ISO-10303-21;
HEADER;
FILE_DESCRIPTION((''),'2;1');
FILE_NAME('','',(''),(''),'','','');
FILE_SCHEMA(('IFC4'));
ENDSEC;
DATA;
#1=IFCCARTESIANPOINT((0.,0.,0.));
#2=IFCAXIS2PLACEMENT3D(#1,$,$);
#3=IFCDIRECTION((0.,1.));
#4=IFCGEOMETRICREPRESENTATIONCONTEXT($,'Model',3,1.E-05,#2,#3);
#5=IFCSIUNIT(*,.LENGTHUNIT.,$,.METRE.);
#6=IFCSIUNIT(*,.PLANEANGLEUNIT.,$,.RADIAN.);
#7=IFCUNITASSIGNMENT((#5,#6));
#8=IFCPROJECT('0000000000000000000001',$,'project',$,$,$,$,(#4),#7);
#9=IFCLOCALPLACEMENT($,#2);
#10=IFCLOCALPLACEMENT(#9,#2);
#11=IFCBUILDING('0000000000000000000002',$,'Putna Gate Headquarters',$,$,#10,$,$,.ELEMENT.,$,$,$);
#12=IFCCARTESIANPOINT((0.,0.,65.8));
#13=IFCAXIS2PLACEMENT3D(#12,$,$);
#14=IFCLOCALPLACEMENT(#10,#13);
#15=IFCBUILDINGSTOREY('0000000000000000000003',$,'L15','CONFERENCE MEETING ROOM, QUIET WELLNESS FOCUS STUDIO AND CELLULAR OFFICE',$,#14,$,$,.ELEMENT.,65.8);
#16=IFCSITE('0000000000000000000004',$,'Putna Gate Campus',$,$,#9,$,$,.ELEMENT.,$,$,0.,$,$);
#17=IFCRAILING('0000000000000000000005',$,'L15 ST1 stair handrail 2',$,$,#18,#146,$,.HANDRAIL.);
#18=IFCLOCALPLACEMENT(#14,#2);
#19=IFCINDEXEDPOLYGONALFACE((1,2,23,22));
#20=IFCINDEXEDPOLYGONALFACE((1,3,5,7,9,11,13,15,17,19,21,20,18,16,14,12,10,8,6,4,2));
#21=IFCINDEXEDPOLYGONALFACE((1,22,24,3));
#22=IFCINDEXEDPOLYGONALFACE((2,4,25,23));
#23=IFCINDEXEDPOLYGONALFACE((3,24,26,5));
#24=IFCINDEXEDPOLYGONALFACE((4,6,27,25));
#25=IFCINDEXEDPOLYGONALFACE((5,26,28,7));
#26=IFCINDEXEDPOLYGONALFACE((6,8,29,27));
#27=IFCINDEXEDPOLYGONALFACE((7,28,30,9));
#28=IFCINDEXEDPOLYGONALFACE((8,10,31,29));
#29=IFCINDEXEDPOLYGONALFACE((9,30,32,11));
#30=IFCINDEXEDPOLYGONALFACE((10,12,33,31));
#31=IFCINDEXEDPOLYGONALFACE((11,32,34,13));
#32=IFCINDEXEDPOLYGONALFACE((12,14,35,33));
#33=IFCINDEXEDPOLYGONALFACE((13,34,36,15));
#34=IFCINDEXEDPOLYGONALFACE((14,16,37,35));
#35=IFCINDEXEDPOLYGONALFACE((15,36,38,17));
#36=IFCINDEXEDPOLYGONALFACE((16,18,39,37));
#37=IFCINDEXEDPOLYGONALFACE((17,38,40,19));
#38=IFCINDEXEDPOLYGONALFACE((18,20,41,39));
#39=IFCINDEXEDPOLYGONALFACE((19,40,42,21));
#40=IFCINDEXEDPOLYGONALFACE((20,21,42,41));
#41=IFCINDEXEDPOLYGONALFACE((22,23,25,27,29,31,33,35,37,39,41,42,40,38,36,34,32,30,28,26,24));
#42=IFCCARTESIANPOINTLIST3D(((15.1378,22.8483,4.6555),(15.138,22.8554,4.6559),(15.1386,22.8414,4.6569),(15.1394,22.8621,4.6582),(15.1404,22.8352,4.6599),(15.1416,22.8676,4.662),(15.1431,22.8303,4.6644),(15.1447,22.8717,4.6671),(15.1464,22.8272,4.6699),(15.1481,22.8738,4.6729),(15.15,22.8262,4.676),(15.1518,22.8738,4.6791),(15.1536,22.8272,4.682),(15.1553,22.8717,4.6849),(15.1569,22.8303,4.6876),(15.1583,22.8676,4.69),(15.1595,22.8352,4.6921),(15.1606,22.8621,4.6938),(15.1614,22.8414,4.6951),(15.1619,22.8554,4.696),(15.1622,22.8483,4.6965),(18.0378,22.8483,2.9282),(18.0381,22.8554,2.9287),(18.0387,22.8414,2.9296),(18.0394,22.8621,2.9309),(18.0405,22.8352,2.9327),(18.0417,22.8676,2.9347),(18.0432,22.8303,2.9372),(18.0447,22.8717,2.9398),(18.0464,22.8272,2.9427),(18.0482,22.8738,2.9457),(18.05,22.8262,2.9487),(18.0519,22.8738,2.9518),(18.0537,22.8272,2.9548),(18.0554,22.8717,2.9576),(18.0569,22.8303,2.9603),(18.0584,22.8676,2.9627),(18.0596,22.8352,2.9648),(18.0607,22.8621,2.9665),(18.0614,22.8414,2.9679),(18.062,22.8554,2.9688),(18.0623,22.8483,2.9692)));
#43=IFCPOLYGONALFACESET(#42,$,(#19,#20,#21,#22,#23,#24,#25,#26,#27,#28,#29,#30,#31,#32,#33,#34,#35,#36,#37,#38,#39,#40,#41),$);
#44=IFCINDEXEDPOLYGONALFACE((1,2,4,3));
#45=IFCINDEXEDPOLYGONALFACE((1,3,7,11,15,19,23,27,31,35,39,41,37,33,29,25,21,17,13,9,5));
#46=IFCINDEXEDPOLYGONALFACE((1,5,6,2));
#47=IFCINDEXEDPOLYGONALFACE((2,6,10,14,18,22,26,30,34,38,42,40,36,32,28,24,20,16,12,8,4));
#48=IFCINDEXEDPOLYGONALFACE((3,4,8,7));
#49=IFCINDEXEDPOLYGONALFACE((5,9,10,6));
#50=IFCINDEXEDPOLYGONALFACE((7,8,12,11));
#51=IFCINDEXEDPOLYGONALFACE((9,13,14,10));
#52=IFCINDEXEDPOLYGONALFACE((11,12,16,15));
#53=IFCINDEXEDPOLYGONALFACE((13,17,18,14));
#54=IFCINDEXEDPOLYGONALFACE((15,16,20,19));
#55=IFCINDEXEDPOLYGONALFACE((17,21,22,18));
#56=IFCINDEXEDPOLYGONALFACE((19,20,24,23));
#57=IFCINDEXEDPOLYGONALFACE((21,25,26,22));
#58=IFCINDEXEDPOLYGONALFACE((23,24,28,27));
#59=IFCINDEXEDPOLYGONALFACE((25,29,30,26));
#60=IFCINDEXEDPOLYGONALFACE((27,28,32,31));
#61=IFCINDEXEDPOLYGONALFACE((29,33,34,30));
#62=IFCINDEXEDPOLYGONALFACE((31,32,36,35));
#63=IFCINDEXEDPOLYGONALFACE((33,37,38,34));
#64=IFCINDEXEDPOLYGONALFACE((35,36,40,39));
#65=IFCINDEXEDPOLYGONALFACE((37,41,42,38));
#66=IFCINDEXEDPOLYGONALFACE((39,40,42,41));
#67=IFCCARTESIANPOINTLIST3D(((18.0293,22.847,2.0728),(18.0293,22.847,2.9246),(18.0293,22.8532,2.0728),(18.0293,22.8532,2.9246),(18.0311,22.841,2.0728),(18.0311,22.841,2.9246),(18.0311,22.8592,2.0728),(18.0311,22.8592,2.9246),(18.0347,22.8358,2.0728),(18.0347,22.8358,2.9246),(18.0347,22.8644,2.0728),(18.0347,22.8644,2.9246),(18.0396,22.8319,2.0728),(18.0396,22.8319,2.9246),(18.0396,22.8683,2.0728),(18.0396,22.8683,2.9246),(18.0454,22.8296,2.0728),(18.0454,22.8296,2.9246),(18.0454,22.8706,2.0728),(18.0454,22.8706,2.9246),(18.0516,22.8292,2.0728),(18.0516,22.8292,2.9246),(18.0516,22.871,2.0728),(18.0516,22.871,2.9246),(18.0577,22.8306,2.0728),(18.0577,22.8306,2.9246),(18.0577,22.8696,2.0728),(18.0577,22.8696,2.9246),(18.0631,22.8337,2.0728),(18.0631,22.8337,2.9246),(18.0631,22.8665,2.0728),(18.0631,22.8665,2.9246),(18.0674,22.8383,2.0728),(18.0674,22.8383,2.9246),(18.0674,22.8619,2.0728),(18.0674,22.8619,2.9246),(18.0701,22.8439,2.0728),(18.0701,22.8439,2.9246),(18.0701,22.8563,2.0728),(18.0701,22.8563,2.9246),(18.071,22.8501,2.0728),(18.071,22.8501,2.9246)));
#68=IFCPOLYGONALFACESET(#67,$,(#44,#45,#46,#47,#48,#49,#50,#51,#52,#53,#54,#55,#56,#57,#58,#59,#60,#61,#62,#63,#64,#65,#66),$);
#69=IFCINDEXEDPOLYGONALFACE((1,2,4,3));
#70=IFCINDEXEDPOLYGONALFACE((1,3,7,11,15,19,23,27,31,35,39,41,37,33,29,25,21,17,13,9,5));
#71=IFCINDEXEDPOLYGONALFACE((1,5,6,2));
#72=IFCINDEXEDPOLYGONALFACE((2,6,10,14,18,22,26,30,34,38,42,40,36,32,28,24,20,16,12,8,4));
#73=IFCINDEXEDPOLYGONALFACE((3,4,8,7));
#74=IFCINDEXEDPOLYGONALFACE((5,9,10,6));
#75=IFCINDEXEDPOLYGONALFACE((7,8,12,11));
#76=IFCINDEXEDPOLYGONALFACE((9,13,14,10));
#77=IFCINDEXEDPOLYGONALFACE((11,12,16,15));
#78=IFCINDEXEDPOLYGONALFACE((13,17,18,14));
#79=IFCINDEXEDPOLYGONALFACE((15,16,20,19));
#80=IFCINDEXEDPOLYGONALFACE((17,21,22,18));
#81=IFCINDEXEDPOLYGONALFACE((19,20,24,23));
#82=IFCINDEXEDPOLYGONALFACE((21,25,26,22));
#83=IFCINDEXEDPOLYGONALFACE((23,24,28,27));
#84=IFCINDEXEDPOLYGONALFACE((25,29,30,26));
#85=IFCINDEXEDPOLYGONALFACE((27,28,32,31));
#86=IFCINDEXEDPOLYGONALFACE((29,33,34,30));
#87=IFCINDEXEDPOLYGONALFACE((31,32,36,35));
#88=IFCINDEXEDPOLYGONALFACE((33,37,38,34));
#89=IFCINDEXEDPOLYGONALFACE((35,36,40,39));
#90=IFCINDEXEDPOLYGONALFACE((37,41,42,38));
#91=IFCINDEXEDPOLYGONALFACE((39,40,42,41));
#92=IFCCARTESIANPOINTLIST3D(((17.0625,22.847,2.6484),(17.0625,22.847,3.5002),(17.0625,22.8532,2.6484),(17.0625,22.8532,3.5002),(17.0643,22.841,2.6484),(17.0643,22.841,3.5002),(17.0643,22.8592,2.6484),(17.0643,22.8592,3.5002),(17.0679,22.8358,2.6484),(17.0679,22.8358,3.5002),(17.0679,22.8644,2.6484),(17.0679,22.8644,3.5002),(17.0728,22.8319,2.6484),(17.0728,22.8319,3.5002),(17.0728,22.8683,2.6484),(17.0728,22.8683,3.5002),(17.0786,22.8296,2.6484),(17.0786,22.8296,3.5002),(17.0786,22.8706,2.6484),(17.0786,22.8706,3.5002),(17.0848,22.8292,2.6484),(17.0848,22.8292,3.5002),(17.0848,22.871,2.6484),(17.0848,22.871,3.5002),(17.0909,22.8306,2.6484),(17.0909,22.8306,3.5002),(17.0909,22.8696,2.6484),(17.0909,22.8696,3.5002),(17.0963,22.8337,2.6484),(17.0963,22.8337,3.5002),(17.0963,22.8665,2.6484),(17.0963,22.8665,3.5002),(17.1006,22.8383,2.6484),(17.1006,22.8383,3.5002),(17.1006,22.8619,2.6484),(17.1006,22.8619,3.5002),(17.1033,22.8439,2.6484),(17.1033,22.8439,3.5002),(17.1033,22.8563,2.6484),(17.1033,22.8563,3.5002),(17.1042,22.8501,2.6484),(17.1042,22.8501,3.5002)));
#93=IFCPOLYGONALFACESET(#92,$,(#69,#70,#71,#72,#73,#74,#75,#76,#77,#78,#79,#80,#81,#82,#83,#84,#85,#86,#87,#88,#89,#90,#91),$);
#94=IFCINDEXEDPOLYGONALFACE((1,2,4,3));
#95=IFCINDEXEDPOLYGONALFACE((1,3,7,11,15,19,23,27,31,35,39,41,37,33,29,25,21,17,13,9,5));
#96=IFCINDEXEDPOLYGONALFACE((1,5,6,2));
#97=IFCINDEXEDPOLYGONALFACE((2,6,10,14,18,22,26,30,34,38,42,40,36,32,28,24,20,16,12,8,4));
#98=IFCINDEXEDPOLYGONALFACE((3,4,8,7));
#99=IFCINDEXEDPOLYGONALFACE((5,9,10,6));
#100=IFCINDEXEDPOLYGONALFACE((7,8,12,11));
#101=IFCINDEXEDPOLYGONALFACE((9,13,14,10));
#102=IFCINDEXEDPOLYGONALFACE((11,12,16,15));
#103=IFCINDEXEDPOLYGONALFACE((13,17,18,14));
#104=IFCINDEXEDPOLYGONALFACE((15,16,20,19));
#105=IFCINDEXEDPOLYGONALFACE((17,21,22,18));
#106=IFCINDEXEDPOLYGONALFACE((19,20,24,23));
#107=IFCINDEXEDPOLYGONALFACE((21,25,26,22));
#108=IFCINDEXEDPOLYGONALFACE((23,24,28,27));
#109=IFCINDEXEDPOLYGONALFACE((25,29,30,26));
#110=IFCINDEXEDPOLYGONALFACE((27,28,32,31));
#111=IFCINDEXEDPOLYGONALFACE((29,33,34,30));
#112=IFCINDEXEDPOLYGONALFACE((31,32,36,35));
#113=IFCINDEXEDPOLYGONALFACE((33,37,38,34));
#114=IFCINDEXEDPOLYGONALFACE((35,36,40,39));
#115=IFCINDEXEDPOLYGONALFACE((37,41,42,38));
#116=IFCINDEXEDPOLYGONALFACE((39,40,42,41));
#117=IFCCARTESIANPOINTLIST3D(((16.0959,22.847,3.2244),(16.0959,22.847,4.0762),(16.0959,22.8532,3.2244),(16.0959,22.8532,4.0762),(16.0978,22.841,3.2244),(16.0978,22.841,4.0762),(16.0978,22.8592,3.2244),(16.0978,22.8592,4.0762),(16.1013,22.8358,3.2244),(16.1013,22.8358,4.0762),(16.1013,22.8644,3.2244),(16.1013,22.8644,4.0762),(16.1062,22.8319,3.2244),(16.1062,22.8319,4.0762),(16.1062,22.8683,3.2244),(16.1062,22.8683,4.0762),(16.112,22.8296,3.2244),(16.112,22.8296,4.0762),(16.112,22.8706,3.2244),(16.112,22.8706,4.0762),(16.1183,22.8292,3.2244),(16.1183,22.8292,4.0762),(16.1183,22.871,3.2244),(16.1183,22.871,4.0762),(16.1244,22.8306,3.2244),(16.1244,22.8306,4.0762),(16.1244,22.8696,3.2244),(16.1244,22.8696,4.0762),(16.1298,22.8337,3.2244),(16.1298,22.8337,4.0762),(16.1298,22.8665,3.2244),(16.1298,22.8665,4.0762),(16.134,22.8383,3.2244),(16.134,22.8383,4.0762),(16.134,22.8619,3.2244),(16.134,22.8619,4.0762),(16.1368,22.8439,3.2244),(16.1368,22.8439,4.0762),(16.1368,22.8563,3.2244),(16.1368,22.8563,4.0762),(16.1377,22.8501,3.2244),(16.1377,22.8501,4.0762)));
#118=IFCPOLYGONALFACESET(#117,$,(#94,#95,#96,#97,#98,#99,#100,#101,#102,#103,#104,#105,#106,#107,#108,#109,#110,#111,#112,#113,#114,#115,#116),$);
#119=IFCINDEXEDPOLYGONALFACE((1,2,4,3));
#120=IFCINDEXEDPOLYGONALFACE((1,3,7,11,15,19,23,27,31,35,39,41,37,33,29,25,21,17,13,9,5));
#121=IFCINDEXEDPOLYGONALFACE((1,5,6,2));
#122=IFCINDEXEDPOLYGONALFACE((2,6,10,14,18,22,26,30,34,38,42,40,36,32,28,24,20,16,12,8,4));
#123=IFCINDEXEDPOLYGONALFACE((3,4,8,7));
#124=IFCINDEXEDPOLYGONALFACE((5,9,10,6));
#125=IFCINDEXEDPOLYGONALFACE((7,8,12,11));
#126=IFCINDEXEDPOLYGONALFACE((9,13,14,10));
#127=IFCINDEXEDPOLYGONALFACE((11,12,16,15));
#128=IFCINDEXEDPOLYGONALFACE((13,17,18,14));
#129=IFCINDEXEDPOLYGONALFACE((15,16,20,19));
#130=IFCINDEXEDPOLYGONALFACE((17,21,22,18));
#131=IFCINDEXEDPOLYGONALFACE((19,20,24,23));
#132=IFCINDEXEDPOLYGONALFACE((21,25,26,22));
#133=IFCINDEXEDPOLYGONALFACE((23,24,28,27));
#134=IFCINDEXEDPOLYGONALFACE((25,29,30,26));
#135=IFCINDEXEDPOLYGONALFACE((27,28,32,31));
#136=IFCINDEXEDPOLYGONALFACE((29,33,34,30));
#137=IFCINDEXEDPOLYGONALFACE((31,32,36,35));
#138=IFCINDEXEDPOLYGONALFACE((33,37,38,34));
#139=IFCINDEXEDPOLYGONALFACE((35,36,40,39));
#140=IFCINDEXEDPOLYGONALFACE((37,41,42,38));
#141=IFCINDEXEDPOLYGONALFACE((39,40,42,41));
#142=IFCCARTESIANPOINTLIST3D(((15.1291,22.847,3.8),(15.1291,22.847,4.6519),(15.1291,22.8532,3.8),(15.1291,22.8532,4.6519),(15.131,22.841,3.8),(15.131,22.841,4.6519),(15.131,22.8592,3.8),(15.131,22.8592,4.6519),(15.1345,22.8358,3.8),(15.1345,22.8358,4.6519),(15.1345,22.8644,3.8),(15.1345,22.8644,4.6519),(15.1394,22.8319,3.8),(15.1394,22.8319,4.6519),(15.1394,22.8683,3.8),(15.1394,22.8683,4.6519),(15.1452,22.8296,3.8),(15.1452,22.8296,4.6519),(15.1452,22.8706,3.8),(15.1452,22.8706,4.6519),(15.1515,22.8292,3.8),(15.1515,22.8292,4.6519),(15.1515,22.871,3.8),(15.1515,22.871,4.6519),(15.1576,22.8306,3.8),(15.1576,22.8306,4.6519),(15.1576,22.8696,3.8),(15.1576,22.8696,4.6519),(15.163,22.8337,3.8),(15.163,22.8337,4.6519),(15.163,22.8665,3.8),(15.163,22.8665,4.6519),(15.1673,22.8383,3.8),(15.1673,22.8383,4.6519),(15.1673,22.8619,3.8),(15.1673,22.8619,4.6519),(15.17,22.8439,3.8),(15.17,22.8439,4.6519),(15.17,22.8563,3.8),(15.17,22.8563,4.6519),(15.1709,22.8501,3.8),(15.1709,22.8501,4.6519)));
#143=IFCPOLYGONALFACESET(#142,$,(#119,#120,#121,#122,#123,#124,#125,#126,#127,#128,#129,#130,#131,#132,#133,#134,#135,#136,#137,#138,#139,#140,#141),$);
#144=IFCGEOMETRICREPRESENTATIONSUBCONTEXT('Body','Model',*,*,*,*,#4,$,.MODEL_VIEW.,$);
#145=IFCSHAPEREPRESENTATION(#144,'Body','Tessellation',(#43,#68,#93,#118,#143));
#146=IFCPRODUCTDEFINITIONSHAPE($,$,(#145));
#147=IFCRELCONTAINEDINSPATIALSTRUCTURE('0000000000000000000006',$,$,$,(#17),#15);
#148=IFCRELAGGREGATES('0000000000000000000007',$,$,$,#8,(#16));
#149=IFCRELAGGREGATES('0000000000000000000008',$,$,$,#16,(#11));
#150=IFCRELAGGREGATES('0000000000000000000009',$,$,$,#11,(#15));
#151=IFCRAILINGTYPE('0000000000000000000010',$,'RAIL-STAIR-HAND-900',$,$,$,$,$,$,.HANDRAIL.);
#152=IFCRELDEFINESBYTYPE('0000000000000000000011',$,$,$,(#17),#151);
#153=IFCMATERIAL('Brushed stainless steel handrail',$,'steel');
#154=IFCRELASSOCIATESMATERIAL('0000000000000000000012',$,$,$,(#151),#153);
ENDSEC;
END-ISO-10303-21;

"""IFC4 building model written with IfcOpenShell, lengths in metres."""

from ifc_helpers import new_model, si_unit, direction, frame, origin, origin_2d, place, context, subcontext, project, spatial, circle, extrude, material, type_object, element, save


model = new_model("IFC4")

# Units and contexts
model_context = context("Model", 3, precision=1e-05, world=origin(), true_north=direction((0.0, 1.0)))
body_context = subcontext(model_context, "Body", "Model", "MODEL_VIEW")
ifc_project = project(units=[si_unit("LENGTHUNIT", "METRE"), si_unit("PLANEANGLEUNIT", "RADIAN")], contexts=[model_context])

# Site, building, storey
site_placement = place(None, origin())
site = spatial("IfcSite", under=ifc_project, at=site_placement, Name="Putna Gate Campus", CompositionType="ELEMENT", RefElevation=0.0)
building_placement = place(site_placement, origin())
building = spatial("IfcBuilding", under=site, at=building_placement, Name="Putna Gate Headquarters", CompositionType="ELEMENT")
storey_placement = place(building_placement, frame((0.0, 0.0, 65.8)))
storey = spatial("IfcBuildingStorey", under=building, at=storey_placement, Name="L15", Description="CONFERENCE MEETING ROOM, QUIET WELLNESS FOCUS STUDIO AND CELLULAR OFFICE", CompositionType="ELEMENT", Elevation=65.8)

# Railing
ifc_material_1 = material(Name="Brushed stainless steel handrail", Category="steel")
railing_type_1 = type_object("IfcRailingType", Name="RAIL-STAIR-HAND-900", PredefinedType="HANDRAIL", material=ifc_material_1)
railing_1_placement = place(storey_placement, frame((18.05, 22.8501, 2.0728)))
element("IfcRailing", 1, at=railing_1_placement, inside=storey, type_object=railing_type_1, Name="L15 ST1 stair handrail 2", PredefinedType="HANDRAIL", context=body_context, shape_type="SweptSolid", body=[
    extrude(circle(Radius=0.0239, at=origin_2d()), frame((0.0, 0.0, 0.876), z_axis=(-0.85916, 0.0, 0.511706), x_axis=(0.0, -1.0, 0.0)), (0.0, 0.0, 1.0), 3.3755),
    extrude(circle(Radius=0.021, at=origin_2d()), origin(), (0.0, 0.0, 1.0), 0.8518),
    extrude(circle(Radius=0.021, at=origin_2d()), frame((-0.9668, 0.0, 0.5757)), (0.0, 0.0, 1.0), 0.8518),
    extrude(circle(Radius=0.021, at=origin_2d()), frame((-1.9333, 0.0, 1.1516)), (0.0, 0.0, 1.0), 0.8518),
    extrude(circle(Radius=0.021, at=origin_2d()), frame((-2.9001, 0.0, 1.7273)), (0.0, 0.0, 1.0), 0.8518),
])

save(model, "model.ifc")
